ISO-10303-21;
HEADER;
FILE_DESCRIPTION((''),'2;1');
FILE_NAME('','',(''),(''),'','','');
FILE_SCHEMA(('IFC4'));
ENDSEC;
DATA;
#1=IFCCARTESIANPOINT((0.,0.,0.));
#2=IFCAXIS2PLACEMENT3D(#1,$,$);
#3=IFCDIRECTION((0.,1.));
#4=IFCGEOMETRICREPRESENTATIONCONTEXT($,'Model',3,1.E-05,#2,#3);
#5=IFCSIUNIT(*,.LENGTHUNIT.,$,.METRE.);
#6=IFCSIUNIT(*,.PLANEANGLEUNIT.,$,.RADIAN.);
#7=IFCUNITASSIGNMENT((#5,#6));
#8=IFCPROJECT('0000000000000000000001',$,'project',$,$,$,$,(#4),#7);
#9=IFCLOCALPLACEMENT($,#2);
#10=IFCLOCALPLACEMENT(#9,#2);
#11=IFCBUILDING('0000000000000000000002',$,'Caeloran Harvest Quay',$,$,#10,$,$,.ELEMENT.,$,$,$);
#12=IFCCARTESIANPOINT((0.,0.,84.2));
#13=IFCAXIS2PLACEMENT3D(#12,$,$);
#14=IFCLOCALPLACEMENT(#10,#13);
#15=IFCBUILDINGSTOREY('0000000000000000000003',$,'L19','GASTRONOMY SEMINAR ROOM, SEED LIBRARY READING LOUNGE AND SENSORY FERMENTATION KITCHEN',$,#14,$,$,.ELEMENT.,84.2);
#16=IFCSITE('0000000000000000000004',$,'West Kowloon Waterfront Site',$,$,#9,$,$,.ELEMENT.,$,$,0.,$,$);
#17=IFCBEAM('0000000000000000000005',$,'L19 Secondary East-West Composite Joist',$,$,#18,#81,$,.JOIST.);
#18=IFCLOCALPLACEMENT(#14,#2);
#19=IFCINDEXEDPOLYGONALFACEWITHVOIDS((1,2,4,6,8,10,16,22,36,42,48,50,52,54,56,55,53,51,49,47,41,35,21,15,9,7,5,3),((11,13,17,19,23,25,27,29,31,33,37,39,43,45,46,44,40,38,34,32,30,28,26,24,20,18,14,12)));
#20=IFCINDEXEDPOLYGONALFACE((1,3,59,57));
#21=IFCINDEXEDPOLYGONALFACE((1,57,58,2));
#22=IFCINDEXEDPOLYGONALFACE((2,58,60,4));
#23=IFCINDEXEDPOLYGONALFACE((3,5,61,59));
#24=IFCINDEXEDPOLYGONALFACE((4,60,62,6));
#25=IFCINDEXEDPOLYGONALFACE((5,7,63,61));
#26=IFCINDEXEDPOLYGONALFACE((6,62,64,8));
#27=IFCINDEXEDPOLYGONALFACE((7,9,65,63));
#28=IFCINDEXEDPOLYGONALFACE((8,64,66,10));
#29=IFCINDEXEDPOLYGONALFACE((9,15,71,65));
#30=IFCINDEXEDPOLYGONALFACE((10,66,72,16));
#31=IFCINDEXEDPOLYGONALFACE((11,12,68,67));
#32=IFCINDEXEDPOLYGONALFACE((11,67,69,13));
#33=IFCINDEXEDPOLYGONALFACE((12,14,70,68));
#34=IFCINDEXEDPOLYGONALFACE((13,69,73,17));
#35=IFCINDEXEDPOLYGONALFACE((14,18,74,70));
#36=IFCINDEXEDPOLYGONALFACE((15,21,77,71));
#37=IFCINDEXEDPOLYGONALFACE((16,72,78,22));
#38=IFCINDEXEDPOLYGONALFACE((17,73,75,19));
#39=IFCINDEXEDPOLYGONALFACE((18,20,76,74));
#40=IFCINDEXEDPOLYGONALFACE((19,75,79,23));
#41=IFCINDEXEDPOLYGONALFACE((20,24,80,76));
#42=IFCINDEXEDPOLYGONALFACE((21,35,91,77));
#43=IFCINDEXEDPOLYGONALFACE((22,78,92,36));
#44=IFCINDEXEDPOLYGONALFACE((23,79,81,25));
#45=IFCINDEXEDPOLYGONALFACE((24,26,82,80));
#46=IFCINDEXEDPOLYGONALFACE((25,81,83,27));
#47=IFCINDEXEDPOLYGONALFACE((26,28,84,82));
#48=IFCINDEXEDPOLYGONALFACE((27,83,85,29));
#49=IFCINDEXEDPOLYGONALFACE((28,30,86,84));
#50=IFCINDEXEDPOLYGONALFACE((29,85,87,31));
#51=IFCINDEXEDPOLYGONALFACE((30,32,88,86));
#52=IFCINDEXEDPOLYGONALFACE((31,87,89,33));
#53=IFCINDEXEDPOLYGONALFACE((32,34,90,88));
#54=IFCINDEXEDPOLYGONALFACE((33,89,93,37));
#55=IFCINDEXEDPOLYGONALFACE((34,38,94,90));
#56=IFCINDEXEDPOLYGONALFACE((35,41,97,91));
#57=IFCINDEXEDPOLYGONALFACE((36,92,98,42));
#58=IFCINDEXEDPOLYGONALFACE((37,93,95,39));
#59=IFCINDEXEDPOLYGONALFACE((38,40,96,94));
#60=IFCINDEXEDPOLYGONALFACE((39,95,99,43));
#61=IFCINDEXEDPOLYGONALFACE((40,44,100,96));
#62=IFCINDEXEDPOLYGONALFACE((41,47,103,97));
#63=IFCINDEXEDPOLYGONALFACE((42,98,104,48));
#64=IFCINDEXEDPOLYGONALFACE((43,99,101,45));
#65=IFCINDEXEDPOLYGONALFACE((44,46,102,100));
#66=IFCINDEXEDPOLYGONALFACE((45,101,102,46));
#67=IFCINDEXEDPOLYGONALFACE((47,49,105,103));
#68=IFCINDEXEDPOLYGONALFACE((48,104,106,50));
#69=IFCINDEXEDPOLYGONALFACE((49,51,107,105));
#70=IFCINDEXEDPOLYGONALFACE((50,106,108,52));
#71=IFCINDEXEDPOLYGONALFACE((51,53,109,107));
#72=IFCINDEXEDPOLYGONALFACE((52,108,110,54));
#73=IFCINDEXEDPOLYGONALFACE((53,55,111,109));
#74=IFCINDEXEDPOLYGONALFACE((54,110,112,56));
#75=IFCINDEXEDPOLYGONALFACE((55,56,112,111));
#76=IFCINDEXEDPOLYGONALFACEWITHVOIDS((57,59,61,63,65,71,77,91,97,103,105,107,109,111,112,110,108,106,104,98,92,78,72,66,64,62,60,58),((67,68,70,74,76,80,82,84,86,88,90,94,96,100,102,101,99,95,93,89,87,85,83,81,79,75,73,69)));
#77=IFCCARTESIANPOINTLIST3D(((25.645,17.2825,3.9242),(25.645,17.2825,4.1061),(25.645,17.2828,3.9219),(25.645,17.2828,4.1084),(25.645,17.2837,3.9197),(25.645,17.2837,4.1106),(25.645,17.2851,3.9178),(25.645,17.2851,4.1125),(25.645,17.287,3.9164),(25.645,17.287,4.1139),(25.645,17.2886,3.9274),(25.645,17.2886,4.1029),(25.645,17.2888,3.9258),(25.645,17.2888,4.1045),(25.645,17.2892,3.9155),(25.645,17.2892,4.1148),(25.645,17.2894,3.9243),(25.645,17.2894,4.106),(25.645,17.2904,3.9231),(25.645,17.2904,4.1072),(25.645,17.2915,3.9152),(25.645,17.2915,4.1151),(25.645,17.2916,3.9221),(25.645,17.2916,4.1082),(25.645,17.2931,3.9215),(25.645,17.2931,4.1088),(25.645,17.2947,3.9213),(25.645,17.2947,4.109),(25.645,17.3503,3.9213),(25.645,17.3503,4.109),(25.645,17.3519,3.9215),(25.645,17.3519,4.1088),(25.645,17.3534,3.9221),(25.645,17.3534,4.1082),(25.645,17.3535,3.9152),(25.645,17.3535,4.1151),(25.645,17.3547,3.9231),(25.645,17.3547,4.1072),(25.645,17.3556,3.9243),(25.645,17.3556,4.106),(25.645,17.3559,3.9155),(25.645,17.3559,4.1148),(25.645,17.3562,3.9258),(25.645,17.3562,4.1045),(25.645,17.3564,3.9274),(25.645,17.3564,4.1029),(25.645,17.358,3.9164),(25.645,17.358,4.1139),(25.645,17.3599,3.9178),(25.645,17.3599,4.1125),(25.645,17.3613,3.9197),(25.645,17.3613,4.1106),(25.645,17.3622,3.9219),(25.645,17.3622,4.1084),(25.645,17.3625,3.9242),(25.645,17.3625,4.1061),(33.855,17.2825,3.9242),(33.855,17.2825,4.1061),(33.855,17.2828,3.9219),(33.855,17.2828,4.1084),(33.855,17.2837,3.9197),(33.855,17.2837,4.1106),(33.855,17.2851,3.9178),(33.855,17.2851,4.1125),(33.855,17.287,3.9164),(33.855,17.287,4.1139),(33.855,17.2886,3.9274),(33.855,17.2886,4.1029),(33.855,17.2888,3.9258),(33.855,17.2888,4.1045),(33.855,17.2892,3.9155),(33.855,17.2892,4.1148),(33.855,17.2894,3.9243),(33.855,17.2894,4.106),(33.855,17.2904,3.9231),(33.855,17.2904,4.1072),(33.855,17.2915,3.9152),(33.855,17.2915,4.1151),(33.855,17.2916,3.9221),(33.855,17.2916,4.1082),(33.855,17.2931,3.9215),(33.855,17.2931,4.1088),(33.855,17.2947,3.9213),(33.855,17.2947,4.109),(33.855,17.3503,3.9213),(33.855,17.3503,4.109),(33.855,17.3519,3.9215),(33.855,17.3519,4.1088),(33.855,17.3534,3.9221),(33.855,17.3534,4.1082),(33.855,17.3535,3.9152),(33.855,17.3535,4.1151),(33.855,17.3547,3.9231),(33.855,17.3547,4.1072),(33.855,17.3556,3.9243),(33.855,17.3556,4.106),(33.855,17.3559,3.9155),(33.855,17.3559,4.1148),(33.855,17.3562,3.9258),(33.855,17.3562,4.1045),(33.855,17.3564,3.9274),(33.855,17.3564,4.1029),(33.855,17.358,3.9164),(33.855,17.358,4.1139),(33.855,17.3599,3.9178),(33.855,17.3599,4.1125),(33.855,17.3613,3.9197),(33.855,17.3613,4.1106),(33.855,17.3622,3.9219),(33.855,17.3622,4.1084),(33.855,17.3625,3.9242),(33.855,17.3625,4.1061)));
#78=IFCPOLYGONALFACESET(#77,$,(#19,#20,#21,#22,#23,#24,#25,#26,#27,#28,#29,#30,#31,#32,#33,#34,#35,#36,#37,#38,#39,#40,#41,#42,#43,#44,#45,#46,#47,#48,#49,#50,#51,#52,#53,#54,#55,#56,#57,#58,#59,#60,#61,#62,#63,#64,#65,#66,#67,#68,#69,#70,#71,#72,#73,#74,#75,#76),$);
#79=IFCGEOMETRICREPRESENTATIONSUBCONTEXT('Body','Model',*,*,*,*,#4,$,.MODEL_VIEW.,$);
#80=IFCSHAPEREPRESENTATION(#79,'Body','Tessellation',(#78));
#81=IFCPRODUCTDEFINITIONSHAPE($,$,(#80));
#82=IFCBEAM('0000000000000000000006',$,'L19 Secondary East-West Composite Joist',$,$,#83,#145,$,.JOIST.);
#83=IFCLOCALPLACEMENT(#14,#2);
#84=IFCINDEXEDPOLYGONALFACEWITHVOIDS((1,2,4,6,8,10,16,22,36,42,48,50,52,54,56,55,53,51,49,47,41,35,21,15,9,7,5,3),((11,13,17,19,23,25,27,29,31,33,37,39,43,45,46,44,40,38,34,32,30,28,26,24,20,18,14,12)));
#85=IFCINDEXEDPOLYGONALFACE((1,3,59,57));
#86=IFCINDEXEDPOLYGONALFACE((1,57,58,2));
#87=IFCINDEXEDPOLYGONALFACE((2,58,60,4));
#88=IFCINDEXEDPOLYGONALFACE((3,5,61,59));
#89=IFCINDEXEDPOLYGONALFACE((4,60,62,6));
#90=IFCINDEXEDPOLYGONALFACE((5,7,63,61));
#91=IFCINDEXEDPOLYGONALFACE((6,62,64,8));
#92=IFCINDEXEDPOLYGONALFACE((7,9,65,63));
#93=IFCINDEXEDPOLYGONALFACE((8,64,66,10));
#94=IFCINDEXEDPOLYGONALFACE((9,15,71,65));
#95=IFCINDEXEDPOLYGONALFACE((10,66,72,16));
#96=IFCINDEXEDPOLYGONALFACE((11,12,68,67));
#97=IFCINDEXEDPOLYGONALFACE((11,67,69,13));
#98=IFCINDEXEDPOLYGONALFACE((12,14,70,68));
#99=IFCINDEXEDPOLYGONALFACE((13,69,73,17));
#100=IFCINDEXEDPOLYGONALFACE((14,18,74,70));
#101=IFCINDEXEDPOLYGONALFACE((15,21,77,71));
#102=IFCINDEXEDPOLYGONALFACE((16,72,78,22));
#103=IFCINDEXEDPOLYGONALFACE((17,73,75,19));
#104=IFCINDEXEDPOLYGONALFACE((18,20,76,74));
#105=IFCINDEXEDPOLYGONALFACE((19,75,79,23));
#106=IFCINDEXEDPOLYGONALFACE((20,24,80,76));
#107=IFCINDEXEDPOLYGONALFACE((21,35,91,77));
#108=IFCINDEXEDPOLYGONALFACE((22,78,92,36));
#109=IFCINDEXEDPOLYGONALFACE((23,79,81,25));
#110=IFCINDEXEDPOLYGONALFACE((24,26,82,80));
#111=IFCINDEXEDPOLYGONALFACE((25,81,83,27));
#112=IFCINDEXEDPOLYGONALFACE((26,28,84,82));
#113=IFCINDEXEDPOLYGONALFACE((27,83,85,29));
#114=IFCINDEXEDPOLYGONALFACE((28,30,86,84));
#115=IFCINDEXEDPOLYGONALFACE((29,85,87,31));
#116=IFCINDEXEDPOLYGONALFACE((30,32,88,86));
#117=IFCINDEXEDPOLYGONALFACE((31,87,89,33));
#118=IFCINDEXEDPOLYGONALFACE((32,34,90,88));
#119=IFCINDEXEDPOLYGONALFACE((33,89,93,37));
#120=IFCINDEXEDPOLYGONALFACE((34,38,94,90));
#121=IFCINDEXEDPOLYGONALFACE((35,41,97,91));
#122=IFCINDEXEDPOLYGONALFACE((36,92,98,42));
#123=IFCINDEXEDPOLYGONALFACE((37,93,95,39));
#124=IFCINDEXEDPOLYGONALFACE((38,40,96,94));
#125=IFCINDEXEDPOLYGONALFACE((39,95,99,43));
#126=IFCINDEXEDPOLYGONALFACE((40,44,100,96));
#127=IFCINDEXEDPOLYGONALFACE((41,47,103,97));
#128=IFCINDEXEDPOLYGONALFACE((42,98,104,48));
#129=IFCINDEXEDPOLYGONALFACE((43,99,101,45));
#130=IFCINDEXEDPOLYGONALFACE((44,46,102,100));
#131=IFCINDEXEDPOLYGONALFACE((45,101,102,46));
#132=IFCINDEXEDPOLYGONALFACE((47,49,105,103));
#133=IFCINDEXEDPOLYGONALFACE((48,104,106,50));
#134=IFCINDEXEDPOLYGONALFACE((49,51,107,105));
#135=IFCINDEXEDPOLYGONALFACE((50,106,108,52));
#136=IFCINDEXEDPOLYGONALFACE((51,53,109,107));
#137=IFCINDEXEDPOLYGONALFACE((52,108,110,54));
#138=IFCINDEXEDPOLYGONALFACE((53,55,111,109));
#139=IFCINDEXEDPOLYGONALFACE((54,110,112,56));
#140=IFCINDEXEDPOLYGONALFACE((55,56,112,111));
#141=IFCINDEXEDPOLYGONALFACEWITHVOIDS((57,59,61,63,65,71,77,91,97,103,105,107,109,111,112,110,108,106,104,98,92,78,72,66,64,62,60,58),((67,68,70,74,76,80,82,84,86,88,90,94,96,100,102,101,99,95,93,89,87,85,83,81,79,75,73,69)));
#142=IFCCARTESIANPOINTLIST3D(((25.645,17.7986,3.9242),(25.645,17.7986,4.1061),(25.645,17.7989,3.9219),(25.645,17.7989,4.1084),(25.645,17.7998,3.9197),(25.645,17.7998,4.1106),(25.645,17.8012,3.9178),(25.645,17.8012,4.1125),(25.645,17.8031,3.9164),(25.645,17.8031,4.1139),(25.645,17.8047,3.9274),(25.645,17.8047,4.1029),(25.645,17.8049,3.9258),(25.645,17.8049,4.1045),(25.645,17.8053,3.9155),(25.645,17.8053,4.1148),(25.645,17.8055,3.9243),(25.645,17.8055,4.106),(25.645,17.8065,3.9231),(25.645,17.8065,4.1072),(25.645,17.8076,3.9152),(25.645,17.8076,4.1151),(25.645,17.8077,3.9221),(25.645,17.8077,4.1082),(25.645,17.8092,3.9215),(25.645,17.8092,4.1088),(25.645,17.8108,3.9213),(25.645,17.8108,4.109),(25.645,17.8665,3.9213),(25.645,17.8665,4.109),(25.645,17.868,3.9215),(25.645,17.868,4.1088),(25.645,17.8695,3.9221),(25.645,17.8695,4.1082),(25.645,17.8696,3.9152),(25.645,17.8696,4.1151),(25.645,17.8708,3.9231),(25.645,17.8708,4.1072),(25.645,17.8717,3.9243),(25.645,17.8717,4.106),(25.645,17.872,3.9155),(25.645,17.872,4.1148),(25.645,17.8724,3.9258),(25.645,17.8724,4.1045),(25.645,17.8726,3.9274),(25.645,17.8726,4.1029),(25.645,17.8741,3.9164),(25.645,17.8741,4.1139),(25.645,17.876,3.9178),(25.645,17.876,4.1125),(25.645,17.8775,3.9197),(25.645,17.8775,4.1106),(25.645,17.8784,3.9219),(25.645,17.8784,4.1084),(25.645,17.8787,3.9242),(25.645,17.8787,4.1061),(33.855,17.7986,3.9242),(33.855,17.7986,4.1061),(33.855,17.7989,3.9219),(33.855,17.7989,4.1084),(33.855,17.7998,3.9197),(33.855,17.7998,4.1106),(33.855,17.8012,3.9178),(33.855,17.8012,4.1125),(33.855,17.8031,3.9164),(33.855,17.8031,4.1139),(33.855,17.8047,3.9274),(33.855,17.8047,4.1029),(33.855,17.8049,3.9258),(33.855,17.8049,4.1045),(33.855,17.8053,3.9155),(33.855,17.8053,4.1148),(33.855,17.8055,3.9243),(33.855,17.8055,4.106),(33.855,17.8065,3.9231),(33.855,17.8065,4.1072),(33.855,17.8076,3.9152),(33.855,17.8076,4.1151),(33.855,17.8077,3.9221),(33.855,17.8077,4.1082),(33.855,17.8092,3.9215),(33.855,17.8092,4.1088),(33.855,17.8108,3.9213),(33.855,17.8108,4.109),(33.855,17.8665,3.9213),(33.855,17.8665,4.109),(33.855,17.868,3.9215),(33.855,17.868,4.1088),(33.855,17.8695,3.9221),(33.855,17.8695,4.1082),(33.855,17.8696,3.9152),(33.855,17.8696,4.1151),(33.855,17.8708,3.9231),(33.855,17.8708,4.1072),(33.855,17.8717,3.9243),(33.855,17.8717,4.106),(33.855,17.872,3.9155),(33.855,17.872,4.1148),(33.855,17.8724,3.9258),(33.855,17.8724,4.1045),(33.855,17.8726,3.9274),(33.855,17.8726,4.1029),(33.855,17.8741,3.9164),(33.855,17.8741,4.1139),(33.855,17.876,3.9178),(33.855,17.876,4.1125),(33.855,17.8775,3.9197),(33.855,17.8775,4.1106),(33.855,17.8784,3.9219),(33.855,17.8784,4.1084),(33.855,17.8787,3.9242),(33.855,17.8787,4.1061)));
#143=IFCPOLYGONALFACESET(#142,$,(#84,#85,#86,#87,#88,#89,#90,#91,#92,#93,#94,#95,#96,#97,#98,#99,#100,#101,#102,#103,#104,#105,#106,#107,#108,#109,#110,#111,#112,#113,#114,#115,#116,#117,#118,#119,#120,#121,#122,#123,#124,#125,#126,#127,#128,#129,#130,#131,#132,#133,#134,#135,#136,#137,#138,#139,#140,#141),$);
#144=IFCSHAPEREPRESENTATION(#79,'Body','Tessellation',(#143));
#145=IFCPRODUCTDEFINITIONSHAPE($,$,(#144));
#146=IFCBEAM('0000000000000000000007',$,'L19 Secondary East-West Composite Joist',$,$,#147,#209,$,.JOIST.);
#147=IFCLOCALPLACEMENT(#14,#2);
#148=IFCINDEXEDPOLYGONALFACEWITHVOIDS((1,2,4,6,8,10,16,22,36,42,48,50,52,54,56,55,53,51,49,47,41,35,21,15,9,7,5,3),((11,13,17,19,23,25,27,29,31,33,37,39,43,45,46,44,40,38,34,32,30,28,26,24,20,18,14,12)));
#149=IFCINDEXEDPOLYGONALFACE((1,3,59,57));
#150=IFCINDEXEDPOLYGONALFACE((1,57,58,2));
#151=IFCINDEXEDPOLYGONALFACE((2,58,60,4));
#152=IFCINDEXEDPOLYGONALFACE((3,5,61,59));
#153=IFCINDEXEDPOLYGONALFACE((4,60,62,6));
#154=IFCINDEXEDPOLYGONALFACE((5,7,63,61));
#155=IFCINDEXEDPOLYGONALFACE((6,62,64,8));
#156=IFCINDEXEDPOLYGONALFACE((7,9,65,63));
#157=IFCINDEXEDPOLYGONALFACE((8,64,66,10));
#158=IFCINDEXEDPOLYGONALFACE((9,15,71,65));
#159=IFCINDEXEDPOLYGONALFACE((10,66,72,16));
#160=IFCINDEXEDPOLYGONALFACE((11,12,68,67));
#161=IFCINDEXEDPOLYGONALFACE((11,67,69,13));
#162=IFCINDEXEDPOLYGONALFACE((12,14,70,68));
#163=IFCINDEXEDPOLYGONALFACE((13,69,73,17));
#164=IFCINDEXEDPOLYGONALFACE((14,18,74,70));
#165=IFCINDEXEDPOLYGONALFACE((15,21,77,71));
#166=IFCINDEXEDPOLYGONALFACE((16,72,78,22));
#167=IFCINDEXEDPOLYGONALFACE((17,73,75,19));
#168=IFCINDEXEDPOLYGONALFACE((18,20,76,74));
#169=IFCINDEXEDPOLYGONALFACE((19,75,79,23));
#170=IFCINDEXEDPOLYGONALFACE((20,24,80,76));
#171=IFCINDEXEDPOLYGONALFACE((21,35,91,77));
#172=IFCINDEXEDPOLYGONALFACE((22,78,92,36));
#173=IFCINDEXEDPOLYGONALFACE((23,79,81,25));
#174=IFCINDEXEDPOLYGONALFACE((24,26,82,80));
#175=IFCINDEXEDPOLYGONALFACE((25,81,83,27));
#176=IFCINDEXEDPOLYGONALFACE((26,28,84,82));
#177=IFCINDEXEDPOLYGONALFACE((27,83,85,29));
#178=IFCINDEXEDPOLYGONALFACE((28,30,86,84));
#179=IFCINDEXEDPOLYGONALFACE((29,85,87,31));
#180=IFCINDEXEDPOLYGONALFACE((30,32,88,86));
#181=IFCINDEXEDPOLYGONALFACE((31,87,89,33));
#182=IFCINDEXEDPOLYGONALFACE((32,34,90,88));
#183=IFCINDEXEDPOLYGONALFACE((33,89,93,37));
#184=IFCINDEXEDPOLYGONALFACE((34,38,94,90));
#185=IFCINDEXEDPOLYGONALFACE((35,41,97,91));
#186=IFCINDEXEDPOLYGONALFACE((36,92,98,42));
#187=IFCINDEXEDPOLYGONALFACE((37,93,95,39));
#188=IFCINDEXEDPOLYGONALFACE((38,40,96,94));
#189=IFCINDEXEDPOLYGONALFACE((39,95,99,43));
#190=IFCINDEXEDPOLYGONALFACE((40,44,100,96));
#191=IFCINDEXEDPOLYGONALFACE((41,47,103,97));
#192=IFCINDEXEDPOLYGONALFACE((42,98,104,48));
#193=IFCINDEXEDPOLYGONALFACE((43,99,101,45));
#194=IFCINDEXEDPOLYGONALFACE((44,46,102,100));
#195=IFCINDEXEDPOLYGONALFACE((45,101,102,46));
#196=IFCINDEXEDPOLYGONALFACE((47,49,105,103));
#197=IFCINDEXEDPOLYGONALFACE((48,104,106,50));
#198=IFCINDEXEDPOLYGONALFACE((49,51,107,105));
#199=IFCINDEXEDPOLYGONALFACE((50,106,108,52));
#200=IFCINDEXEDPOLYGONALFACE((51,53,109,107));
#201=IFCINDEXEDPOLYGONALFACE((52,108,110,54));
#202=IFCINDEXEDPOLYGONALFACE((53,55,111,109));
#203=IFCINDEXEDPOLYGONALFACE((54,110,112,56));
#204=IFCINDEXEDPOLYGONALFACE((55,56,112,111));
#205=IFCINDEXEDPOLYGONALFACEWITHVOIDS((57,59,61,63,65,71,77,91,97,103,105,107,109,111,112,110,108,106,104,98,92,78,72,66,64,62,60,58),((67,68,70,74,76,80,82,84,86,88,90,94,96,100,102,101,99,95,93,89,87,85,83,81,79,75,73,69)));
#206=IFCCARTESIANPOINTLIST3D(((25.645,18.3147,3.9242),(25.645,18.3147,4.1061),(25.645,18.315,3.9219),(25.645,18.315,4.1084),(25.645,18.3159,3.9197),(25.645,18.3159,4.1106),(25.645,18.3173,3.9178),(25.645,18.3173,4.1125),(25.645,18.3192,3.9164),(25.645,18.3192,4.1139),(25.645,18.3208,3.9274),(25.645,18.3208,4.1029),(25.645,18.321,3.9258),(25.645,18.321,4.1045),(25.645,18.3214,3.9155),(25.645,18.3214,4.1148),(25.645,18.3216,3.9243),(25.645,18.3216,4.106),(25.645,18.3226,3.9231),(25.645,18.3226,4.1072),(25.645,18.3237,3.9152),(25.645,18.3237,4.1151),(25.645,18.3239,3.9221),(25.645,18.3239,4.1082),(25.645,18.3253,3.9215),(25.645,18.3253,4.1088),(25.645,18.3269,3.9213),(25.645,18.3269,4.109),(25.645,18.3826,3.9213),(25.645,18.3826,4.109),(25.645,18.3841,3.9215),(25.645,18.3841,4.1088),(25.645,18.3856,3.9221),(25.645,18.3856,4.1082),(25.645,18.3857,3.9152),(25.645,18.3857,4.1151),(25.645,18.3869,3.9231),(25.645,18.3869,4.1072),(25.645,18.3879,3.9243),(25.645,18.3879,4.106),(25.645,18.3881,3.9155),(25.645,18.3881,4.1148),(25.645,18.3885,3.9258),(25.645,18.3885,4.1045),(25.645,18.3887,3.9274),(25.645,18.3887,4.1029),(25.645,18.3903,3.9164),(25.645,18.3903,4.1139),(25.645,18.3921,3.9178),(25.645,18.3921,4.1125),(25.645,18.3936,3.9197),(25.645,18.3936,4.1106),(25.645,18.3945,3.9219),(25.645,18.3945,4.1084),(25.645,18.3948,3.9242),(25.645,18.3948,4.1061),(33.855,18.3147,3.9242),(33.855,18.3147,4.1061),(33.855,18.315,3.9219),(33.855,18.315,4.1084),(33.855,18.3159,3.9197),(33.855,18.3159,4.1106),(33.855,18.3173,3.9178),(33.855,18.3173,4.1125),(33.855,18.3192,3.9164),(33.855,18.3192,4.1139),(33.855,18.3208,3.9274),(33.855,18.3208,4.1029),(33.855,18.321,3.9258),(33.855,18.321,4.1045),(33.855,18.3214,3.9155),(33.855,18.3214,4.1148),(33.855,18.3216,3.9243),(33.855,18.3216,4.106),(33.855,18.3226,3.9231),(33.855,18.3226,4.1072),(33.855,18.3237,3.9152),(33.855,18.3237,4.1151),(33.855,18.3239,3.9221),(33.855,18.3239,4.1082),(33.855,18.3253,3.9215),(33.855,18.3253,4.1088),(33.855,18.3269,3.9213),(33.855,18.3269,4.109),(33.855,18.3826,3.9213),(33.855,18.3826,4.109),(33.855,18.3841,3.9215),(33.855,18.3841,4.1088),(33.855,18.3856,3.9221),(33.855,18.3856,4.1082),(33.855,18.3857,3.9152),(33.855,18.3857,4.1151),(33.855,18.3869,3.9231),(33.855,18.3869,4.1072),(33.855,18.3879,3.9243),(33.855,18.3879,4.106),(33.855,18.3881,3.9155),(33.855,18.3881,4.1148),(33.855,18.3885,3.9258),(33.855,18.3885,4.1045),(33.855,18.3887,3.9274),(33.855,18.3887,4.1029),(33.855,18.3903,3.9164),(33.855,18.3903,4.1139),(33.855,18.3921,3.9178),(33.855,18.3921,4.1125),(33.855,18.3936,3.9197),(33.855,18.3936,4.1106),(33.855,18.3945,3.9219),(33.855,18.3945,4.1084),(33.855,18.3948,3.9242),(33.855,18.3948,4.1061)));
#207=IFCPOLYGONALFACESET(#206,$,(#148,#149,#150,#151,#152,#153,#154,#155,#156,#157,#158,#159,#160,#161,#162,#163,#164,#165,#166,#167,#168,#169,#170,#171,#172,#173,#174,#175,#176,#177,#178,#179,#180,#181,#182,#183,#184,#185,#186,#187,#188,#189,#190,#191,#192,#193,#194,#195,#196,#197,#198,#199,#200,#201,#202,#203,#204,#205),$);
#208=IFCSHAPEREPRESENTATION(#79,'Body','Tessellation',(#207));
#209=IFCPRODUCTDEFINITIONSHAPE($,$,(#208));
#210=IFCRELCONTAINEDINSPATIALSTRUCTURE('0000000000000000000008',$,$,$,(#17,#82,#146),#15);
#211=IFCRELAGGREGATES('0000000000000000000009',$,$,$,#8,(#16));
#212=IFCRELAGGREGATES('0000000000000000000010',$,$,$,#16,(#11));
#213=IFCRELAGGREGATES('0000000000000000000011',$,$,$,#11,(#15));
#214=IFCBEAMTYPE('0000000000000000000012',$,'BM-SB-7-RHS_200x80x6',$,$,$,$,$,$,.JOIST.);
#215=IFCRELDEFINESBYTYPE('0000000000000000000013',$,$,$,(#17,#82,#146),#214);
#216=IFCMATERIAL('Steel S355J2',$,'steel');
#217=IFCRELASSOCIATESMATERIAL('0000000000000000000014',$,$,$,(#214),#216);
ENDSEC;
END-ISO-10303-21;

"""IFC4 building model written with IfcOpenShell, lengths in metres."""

from ifc_helpers import new_model, si_unit, direction, frame, origin, origin_2d, place, context, subcontext, project, spatial, hollow_rectangle, extrude, material, material_profile, profile_set, type_object, element, save


model = new_model("IFC4")

# Units and contexts
model_context = context("Model", 3, precision=1e-05, world=origin(), true_north=direction((0.0, 1.0)))
body_context = subcontext(model_context, "Body", "Model", "MODEL_VIEW")
ifc_project = project(units=[si_unit("LENGTHUNIT", "METRE"), si_unit("PLANEANGLEUNIT", "RADIAN")], contexts=[model_context])

# Site, building, storey
site_placement = place(None, origin())
site = spatial("IfcSite", under=ifc_project, at=site_placement, Name="West Kowloon Waterfront Site", CompositionType="ELEMENT", RefElevation=0.0)
building_placement = place(site_placement, origin())
building = spatial("IfcBuilding", under=site, at=building_placement, Name="Caeloran Harvest Quay", CompositionType="ELEMENT")
storey_placement = place(building_placement, frame((0.0, 0.0, 84.2)))
storey = spatial("IfcBuildingStorey", under=building, at=storey_placement, Name="L19", Description="GASTRONOMY SEMINAR ROOM, SEED LIBRARY READING LOUNGE AND SENSORY FERMENTATION KITCHEN", CompositionType="ELEMENT", Elevation=84.2)

# Beams
ifc_material_1 = material(Name="Steel S355J2", Category="steel")
ifc_material_profile_1 = material_profile(ifc_material_1, hollow_rectangle(XDim=0.0801, YDim=0.2, WallThickness=0.0061, InnerFilletRadius=0.0061, OuterFilletRadius=0.009, at=origin_2d()), Name="RHS 200x80x6")
ifc_profile_set_1 = profile_set([ifc_material_profile_1], Name="Steel S355J2")
beam_type_1 = type_object("IfcBeamType", Name="BM-SB-7-RHS_200x80x6", PredefinedType="JOIST", material=ifc_profile_set_1)
for number, where, z_axis, x_axis, name in (
    (1, (25.645, 17.3225, 4.0151), (1.0, 0.0, 0.0), (0.0, 1.0, 0.0), "L19 Secondary East-West Composite Joist"),
    (2, (25.645, 17.8386, 4.0151), (1.0, 0.0, 0.0), (0.0, 1.0, 0.0), "L19 Secondary East-West Composite Joist"),
    (3, (25.645, 18.3547, 4.0151), (1.0, 0.0, 0.0), (0.0, 1.0, 0.0), "L19 Secondary East-West Composite Joist"),
):
    element("IfcBeam", number, at=place(storey_placement, frame(where, z_axis=z_axis, x_axis=x_axis)), inside=storey, type_object=beam_type_1, Name=name, PredefinedType="JOIST", context=body_context, shape_type="SweptSolid", body=[
        extrude(hollow_rectangle(XDim=0.0801, YDim=0.2, WallThickness=0.0061, InnerFilletRadius=0.0061, OuterFilletRadius=0.009, at=origin_2d()), origin(), (0.0, 0.0, 1.0), 8.21),
    ])

save(model, "model.ifc")
